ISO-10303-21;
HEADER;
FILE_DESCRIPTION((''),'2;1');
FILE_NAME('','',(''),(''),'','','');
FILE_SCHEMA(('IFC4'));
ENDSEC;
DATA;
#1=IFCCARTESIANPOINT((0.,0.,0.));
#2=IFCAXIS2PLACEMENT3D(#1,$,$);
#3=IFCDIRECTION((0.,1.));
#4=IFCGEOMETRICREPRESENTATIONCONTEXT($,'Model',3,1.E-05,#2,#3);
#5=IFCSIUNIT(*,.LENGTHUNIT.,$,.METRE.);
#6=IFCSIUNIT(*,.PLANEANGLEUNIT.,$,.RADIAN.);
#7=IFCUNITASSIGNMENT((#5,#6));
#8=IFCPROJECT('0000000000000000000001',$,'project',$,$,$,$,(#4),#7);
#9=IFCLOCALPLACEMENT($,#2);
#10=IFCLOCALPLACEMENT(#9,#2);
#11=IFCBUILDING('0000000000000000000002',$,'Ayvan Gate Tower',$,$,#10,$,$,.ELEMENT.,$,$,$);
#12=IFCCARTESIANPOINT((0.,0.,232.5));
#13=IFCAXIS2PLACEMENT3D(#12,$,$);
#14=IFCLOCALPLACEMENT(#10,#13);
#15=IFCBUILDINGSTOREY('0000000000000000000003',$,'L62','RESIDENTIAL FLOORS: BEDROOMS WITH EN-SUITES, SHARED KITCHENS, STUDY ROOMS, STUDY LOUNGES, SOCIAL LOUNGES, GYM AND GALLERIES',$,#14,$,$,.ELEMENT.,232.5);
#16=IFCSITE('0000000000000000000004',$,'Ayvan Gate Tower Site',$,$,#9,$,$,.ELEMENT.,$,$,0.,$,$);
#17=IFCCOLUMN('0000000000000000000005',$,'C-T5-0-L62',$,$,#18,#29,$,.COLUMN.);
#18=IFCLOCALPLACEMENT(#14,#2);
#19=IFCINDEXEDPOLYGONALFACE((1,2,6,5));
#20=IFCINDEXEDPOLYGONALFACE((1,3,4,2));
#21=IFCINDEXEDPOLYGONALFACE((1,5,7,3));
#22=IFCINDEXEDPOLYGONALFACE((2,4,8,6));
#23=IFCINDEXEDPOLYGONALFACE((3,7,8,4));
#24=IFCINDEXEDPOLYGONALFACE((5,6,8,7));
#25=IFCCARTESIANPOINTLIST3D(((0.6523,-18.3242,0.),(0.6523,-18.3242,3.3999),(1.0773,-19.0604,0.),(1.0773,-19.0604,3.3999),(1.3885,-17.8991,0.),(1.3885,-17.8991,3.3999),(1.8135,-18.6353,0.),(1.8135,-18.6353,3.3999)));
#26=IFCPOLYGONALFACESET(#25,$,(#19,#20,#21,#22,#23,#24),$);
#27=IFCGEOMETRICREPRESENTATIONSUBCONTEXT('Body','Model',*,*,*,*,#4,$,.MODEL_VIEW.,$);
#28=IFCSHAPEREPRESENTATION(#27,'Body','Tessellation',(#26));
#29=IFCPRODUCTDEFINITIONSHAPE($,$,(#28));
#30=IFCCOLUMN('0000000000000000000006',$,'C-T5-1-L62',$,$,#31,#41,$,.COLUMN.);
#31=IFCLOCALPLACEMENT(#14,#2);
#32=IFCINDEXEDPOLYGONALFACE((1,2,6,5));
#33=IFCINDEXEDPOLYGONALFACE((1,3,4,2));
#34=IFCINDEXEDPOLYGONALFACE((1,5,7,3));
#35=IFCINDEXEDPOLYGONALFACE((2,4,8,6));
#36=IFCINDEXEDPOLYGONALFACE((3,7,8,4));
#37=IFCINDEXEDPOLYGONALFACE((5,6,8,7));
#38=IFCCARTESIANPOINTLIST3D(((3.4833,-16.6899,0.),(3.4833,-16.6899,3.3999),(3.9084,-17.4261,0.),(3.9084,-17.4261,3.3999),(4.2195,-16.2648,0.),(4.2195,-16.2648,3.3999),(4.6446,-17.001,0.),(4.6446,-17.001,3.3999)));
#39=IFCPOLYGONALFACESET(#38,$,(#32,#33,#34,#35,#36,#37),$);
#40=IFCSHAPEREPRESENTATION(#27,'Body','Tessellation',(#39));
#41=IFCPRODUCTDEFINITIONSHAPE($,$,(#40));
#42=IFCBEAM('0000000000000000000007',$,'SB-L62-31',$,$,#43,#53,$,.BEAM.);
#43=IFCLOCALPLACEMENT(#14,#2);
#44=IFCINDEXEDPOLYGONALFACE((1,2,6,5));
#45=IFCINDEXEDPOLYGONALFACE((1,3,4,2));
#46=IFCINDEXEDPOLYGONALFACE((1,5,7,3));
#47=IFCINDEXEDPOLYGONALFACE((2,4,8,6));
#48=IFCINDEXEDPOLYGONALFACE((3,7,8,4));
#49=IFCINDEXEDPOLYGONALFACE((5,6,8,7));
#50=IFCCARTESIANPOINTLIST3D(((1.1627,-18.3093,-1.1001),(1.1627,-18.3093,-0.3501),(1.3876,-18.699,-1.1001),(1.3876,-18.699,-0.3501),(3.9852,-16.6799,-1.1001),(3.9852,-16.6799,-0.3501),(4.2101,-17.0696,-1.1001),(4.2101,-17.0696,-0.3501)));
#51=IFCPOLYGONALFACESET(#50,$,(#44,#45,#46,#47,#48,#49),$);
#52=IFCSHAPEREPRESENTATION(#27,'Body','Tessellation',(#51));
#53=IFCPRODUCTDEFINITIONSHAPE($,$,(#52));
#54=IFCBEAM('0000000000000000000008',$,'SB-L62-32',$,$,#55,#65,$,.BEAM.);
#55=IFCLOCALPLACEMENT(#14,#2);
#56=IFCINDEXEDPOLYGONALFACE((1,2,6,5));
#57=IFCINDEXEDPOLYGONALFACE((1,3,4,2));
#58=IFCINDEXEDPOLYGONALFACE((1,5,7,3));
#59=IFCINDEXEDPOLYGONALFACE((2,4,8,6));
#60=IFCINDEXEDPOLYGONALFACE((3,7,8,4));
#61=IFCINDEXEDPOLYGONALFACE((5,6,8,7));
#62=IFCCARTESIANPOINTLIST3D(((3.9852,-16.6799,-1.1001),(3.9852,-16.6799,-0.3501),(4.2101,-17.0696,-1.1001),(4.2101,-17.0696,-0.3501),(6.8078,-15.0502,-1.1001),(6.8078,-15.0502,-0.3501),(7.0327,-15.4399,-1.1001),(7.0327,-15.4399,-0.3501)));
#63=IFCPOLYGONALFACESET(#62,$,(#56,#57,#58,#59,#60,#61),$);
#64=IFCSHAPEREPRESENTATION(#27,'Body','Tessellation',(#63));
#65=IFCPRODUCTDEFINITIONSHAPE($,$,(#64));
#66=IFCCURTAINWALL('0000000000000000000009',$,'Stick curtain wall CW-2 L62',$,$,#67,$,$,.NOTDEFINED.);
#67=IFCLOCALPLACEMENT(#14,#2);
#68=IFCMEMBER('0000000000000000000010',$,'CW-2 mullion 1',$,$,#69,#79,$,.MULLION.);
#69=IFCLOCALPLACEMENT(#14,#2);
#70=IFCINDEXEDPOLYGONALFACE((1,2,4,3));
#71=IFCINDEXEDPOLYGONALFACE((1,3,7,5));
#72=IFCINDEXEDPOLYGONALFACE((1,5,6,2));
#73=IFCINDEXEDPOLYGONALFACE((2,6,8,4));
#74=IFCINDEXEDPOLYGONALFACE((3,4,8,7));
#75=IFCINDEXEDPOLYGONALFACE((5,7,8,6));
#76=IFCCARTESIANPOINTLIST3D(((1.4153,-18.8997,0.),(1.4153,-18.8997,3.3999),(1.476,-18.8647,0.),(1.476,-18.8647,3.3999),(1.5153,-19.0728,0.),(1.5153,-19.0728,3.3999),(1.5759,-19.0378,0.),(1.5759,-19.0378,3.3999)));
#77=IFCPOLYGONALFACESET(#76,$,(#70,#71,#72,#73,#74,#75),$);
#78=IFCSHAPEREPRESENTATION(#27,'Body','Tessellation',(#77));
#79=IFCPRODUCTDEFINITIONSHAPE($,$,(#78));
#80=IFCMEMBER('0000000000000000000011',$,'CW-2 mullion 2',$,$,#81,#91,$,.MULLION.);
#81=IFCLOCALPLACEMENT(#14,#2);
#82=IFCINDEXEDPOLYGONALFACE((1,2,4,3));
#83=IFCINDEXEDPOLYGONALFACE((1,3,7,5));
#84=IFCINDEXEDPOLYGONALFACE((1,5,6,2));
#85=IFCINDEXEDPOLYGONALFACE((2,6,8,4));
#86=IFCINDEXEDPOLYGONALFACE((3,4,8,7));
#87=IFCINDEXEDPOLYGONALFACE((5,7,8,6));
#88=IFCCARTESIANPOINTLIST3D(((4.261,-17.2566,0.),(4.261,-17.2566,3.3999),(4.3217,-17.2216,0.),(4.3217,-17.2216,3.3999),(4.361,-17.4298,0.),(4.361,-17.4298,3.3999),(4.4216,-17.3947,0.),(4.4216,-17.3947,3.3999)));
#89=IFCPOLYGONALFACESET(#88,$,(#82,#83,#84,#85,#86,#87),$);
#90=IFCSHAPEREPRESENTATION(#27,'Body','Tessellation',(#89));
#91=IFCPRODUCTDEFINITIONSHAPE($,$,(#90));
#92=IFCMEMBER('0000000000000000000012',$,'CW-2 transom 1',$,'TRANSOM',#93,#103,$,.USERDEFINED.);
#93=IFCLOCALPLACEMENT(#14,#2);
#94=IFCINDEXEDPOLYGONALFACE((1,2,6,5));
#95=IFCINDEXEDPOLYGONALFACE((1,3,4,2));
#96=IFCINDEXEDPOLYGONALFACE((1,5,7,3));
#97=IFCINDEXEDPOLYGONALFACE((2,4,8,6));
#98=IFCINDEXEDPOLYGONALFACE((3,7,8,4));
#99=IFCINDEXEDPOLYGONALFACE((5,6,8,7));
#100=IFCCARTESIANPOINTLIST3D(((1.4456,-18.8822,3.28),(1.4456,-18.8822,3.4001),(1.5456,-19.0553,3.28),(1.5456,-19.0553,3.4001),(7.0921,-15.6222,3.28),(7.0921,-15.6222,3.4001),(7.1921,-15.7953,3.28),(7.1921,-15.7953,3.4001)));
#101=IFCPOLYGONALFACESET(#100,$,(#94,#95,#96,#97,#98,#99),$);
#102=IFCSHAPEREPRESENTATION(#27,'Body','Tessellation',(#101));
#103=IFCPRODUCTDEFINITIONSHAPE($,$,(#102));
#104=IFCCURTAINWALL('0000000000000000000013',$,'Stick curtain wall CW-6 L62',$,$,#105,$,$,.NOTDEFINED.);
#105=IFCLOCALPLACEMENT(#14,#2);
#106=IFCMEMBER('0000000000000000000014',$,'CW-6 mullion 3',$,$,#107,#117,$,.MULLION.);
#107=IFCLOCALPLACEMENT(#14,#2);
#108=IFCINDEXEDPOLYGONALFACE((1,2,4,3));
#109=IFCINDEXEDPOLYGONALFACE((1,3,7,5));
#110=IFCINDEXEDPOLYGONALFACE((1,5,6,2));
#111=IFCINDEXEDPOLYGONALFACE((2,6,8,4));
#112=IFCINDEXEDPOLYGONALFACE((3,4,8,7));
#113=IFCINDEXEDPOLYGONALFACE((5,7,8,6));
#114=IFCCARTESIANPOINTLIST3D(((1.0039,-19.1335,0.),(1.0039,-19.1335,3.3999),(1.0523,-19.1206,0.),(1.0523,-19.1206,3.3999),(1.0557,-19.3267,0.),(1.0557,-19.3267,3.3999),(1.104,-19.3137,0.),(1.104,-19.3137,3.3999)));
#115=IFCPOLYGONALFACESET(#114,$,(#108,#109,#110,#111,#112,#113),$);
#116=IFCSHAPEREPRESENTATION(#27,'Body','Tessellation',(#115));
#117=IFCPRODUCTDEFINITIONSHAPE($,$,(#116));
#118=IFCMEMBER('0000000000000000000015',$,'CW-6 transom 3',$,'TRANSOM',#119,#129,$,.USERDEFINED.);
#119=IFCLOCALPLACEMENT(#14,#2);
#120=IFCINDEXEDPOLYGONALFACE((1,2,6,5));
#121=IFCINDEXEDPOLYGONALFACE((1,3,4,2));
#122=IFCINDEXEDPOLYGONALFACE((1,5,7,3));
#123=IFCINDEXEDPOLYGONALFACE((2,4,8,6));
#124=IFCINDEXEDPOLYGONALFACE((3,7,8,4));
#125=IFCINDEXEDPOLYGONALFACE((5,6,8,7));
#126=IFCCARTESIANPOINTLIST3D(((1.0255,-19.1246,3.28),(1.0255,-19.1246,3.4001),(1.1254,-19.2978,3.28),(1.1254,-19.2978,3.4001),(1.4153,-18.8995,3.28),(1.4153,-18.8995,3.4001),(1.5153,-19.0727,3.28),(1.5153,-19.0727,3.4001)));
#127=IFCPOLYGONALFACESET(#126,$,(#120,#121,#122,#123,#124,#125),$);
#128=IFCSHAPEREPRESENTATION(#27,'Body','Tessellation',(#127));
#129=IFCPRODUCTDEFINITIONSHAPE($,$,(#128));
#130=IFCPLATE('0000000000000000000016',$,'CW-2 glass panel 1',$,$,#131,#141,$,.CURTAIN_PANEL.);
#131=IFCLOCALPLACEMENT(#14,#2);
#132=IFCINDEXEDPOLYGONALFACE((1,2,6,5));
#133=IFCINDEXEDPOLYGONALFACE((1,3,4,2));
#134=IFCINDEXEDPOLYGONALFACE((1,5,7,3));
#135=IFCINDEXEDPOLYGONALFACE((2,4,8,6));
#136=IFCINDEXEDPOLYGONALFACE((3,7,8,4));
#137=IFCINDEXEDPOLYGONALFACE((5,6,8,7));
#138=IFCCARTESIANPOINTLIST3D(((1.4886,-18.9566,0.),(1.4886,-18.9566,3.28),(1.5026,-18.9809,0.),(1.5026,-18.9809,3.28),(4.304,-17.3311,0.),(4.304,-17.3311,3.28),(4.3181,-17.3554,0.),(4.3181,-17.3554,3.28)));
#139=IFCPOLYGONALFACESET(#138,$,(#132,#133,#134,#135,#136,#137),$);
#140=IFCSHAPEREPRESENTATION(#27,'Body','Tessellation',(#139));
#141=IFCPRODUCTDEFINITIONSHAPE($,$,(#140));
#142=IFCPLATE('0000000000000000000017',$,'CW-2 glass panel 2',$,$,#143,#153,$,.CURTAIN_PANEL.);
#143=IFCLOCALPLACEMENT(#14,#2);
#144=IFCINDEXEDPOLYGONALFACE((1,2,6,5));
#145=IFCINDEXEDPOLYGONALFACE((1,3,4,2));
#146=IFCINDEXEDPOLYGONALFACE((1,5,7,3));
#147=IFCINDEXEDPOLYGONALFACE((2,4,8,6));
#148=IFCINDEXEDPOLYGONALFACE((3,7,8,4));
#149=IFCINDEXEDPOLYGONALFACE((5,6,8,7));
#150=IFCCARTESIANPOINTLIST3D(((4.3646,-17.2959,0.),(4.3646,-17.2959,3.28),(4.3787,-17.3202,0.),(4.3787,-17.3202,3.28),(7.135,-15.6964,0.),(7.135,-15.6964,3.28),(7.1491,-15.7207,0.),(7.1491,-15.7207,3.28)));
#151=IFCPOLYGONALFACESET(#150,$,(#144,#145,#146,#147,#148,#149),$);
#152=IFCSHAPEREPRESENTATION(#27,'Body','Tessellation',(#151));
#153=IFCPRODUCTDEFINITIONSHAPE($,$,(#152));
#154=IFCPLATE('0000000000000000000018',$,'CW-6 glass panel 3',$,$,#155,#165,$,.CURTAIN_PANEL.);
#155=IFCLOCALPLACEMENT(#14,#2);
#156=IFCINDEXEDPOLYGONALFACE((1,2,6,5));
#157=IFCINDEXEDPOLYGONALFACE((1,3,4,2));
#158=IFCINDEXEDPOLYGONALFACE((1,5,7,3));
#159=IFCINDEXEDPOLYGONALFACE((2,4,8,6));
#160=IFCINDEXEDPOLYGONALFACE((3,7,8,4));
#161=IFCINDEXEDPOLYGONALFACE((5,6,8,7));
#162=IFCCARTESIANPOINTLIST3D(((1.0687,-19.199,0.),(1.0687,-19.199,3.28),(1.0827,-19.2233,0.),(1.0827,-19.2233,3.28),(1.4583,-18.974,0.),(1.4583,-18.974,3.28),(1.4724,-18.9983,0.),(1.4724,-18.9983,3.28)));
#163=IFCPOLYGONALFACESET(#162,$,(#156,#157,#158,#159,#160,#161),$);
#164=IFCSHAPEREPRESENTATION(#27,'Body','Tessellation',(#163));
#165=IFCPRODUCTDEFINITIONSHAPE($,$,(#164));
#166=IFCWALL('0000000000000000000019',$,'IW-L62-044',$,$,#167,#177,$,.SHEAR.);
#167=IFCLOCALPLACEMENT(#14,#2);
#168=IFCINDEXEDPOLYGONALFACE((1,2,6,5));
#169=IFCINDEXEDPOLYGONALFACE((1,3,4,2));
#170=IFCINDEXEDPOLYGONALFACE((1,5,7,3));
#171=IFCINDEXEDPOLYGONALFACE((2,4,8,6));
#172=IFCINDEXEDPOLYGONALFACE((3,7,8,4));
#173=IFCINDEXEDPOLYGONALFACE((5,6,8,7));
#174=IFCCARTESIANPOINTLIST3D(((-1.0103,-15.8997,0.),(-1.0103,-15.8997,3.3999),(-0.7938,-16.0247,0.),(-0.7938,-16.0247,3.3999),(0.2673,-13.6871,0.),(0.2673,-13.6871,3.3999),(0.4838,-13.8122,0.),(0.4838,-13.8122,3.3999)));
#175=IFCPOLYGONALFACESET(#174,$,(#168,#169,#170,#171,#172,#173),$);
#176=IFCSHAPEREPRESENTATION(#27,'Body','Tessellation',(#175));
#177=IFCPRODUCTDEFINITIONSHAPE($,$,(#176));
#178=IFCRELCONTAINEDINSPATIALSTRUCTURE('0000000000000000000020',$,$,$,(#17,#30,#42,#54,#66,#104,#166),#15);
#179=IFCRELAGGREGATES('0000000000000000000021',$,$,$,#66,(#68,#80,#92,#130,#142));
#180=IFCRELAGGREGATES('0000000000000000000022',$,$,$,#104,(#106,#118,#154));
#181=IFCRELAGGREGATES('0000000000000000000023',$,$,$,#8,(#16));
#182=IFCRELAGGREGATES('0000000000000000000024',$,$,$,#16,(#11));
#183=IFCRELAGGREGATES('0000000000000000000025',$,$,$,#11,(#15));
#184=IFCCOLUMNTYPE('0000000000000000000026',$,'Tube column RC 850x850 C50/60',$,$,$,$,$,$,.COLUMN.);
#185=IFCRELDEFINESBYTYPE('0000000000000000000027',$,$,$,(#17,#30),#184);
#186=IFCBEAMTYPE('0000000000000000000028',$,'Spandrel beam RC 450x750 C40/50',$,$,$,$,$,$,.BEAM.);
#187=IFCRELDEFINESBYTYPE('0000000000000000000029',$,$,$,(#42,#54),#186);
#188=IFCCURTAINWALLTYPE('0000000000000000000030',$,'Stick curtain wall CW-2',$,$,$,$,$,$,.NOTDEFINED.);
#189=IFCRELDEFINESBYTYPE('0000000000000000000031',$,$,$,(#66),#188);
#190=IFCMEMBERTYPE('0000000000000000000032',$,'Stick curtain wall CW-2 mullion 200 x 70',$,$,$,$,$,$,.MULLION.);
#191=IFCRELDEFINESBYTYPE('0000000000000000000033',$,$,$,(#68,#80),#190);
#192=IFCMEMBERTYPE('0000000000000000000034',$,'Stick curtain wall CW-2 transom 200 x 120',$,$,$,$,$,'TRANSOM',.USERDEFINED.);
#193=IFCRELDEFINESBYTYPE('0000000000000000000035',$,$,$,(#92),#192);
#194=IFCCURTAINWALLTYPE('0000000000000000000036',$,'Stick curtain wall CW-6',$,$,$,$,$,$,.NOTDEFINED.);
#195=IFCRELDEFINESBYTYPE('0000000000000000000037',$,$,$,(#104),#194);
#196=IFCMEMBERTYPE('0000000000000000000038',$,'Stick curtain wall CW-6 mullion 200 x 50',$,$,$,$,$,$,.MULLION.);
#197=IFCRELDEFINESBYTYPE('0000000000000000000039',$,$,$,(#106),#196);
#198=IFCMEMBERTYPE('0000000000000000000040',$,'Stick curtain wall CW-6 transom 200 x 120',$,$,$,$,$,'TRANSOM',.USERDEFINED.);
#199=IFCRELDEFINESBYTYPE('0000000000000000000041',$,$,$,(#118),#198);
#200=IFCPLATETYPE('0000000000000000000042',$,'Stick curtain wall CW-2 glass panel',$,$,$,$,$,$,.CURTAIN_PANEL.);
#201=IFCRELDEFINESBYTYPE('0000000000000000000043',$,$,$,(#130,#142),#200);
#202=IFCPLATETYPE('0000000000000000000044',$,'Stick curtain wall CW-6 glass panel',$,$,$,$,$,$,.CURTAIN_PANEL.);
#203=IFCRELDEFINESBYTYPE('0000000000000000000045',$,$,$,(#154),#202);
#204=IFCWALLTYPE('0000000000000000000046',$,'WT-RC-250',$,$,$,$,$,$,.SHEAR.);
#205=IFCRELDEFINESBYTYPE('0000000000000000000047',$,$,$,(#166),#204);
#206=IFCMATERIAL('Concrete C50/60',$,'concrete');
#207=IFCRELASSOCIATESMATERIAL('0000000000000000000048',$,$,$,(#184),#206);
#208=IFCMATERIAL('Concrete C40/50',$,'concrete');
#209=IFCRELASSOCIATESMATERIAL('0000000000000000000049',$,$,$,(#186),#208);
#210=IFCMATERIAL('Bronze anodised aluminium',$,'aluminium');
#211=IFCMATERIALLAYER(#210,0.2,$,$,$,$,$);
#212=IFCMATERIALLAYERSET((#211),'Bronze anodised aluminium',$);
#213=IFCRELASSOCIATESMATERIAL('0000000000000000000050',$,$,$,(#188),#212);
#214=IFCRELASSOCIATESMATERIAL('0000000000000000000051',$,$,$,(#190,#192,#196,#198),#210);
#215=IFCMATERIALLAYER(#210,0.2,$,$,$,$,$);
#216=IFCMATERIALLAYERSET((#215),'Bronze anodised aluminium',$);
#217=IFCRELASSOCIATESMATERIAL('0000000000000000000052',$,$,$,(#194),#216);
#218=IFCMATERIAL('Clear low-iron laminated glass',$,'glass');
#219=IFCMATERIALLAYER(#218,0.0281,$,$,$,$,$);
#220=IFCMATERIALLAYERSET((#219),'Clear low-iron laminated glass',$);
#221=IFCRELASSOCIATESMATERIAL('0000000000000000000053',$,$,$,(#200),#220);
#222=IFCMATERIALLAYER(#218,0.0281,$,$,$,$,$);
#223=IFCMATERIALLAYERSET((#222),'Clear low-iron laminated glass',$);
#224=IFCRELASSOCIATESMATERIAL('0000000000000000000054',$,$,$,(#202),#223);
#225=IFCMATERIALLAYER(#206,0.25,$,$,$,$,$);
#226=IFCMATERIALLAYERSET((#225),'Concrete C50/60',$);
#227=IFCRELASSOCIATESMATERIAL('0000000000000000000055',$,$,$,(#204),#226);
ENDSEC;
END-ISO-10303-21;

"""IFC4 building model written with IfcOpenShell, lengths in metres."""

from ifc_helpers import new_model, si_unit, direction, frame, frame_2d, origin, origin_2d, place, context, subcontext, project, spatial, rectangle, extrude, material, layer, layer_set, material_profile, profile_set, type_object, element, aggregate, save


model = new_model("IFC4")

# Units and contexts
model_context = context("Model", 3, precision=1e-05, world=origin(), true_north=direction((0.0, 1.0)))
body_context = subcontext(model_context, "Body", "Model", "MODEL_VIEW")
ifc_project = project(units=[si_unit("LENGTHUNIT", "METRE"), si_unit("PLANEANGLEUNIT", "RADIAN")], contexts=[model_context])

# Site, building, storey
site_placement = place(None, origin())
site = spatial("IfcSite", under=ifc_project, at=site_placement, Name="Ayvan Gate Tower Site", CompositionType="ELEMENT", RefElevation=0.0)
building_placement = place(site_placement, origin())
building = spatial("IfcBuilding", under=site, at=building_placement, Name="Ayvan Gate Tower", CompositionType="ELEMENT")
storey_placement = place(building_placement, frame((0.0, 0.0, 232.5)))
storey = spatial("IfcBuildingStorey", under=building, at=storey_placement, Name="L62", Description="RESIDENTIAL FLOORS: BEDROOMS WITH EN-SUITES, SHARED KITCHENS, STUDY ROOMS, STUDY LOUNGES, SOCIAL LOUNGES, GYM AND GALLERIES", CompositionType="ELEMENT", Elevation=232.5)

# Columns
ifc_material_1 = material(Name="Concrete C50/60", Category="concrete")
ifc_material_profile_1 = material_profile(ifc_material_1, rectangle(XDim=0.8501, YDim=0.8501, at=origin_2d()), Name="RC 850x850")
ifc_profile_set_1 = profile_set([ifc_material_profile_1], Name="Concrete C50/60")
column_type = type_object("IfcColumnType", Name="Tube column RC 850x850 C50/60", PredefinedType="COLUMN", material=ifc_profile_set_1)
for number, where, z_axis, x_axis, name in (
    (1, (1.2329, -18.4797, 0.0), (0.0, 0.0, 1.0), (0.5, -0.866025, 0.0), "C-T5-0-L62"),
    (2, (4.064, -16.8455, 0.0), (0.0, 0.0, 1.0), (0.5, -0.866025, 0.0), "C-T5-1-L62"),
):
    element("IfcColumn", number, at=place(storey_placement, frame(where, z_axis=z_axis, x_axis=x_axis)), inside=storey, type_object=column_type, Name=name, PredefinedType="COLUMN", context=body_context, shape_type="SweptSolid", body=[
        extrude(rectangle(XDim=0.8501, YDim=0.8501, at=origin_2d()), origin(), (0.0, 0.0, 1.0), 3.3999),
    ])

# Beams
ifc_material_2 = material(Name="Concrete C40/50", Category="concrete")
ifc_material_profile_2 = material_profile(ifc_material_2, rectangle(XDim=0.45, YDim=0.75, at=origin_2d()), Name="RC 450x750")
ifc_profile_set_2 = profile_set([ifc_material_profile_2], Name="Concrete C40/50")
beam_type = type_object("IfcBeamType", Name="Spandrel beam RC 450x750 C40/50", PredefinedType="BEAM", material=ifc_profile_set_2)
beam_1_placement = place(storey_placement, frame((1.2751, -18.5042, -0.7251), z_axis=(0.86605, 0.499958, 0.0), x_axis=(-0.499958, 0.86605, 0.0)))
element("IfcBeam", 3, at=beam_1_placement, inside=storey, type_object=beam_type, Name="SB-L62-31", PredefinedType="BEAM", context=body_context, shape_type="SweptSolid", body=[
    extrude(rectangle(XDim=0.45, YDim=0.75, at=origin_2d()), origin(), (0.0, 0.0, 1.0), 3.259),
])
beam_2_placement = place(storey_placement, frame((4.0977, -16.8748, -0.7251), z_axis=(0.866017, 0.500014, 0.0), x_axis=(-0.500014, 0.866017, 0.0)))
element("IfcBeam", 4, at=beam_2_placement, inside=storey, type_object=beam_type, Name="SB-L62-32", PredefinedType="BEAM", context=body_context, shape_type="SweptSolid", body=[
    extrude(rectangle(XDim=0.45, YDim=0.75, at=origin_2d()), origin(), (0.0, 0.0, 1.0), 3.2593),
])

# Curtain walls, members
ifc_material_3 = material(Name="Bronze anodised aluminium", Category="aluminium")
ifc_layer_1 = layer(ifc_material_3, 0.2)
ifc_layer_set_1 = layer_set([ifc_layer_1], Name="Bronze anodised aluminium")
curtain_wall_type_1 = type_object("IfcCurtainWallType", Name="Stick curtain wall CW-2", PredefinedType="NOTDEFINED", material=ifc_layer_set_1)
curtain_wall_1_placement = place(storey_placement, origin())
curtain_wall_1 = element("IfcCurtainWall", 5, at=curtain_wall_1_placement, inside=storey, type_object=curtain_wall_type_1, Name="Stick curtain wall CW-2 L62", PredefinedType="NOTDEFINED")
ifc_material_profile_3 = material_profile(ifc_material_3, rectangle(XDim=0.2, YDim=0.0701, at=origin_2d()), Name="Stick curtain wall CW-2 mullion 200 x 70")
ifc_profile_set_3 = profile_set([ifc_material_profile_3], Name="Bronze anodised aluminium")
member_type_1 = type_object("IfcMemberType", Name="Stick curtain wall CW-2 mullion 200 x 70", PredefinedType="MULLION", material=ifc_profile_set_3)
member_1_placement = place(storey_placement, frame((1.4956, -18.9688, 0.0), z_axis=(0.0, 0.0, 1.0), x_axis=(0.5, -0.866025, 0.0)))
member_1 = element("IfcMember", 6, at=member_1_placement, type_object=member_type_1, Name="CW-2 mullion 1", PredefinedType="MULLION", context=body_context, shape_type="SweptSolid", body=[
    extrude(rectangle(XDim=0.2, YDim=0.0701, at=origin_2d()), origin(), (0.0, 0.0, 1.0), 3.3999),
])
member_2_placement = place(storey_placement, frame((4.3413, -17.3257, 0.0), z_axis=(0.0, 0.0, 1.0), x_axis=(0.5, -0.866025, 0.0)))
member_2 = element("IfcMember", 7, at=member_2_placement, type_object=member_type_1, Name="CW-2 mullion 2", PredefinedType="MULLION", context=body_context, shape_type="SweptSolid", body=[
    extrude(rectangle(XDim=0.2, YDim=0.0701, at=origin_2d()), origin(), (0.0, 0.0, 1.0), 3.3999),
])
ifc_material_profile_4 = material_profile(ifc_material_3, rectangle(XDim=0.2, YDim=0.1201, at=origin_2d()), Name="Stick curtain wall CW-2 transom 200 x 120")
ifc_profile_set_4 = profile_set([ifc_material_profile_4], Name="Bronze anodised aluminium")
member_type_2 = type_object("IfcMemberType", Name="Stick curtain wall CW-2 transom 200 x 120", ElementType="TRANSOM", PredefinedType="USERDEFINED", material=ifc_profile_set_4)
member_3_placement = place(storey_placement, frame((1.4956, -18.9688, 3.3401), z_axis=(0.866025, 0.500001, 0.0), x_axis=(-0.500001, 0.866025, 0.0)))
member_3 = element("IfcMember", 8, at=member_3_placement, type_object=member_type_2, Name="CW-2 transom 1", ObjectType="TRANSOM", PredefinedType="USERDEFINED", context=body_context, shape_type="SweptSolid", body=[
    extrude(rectangle(XDim=0.2, YDim=0.1201, at=origin_2d()), origin(), (0.0, 0.0, 1.0), 6.52),
])
ifc_layer_2 = layer(ifc_material_3, 0.2)
ifc_layer_set_2 = layer_set([ifc_layer_2], Name="Bronze anodised aluminium")
curtain_wall_type_2 = type_object("IfcCurtainWallType", Name="Stick curtain wall CW-6", PredefinedType="NOTDEFINED", material=ifc_layer_set_2)
curtain_wall_2_placement = place(storey_placement, origin())
curtain_wall_2 = element("IfcCurtainWall", 9, at=curtain_wall_2_placement, inside=storey, type_object=curtain_wall_type_2, Name="Stick curtain wall CW-6 L62", PredefinedType="NOTDEFINED")
ifc_material_profile_5 = material_profile(ifc_material_3, rectangle(XDim=0.2, YDim=0.05, at=origin_2d()), Name="Stick curtain wall CW-6 mullion 200 x 50")
ifc_profile_set_5 = profile_set([ifc_material_profile_5], Name="Bronze anodised aluminium")
member_type_3 = type_object("IfcMemberType", Name="Stick curtain wall CW-6 mullion 200 x 50", PredefinedType="MULLION", material=ifc_profile_set_5)
member_4_placement = place(storey_placement, frame((1.054, -19.2236, 0.0), z_axis=(0.0, 0.0, 1.0), x_axis=(0.258819, -0.965926, 0.0)))
member_4 = element("IfcMember", 10, at=member_4_placement, type_object=member_type_3, Name="CW-6 mullion 3", PredefinedType="MULLION", context=body_context, shape_type="SweptSolid", body=[
    extrude(rectangle(XDim=0.2, YDim=0.05, at=origin_2d()), origin(), (0.0, 0.0, 1.0), 3.3999),
])
ifc_material_profile_6 = material_profile(ifc_material_3, rectangle(XDim=0.2, YDim=0.1201, at=origin_2d()), Name="Stick curtain wall CW-6 transom 200 x 120")
ifc_profile_set_6 = profile_set([ifc_material_profile_6], Name="Bronze anodised aluminium")
member_type_4 = type_object("IfcMemberType", Name="Stick curtain wall CW-6 transom 200 x 120", ElementType="TRANSOM", PredefinedType="USERDEFINED", material=ifc_profile_set_6)
member_5_placement = place(storey_placement, frame((1.0754, -19.2112, 3.3401), z_axis=(0.866032, 0.499988, 0.0), x_axis=(-0.499988, 0.866032, 0.0)))
member_5 = element("IfcMember", 11, at=member_5_placement, type_object=member_type_4, Name="CW-6 transom 3", ObjectType="TRANSOM", PredefinedType="USERDEFINED", context=body_context, shape_type="SweptSolid", body=[
    extrude(rectangle(XDim=0.2, YDim=0.1201, at=origin_2d()), origin(), (0.0, 0.0, 1.0), 0.4502),
])

# Plates
ifc_material_4 = material(Name="Clear low-iron laminated glass", Category="glass")
ifc_layer_3 = layer(ifc_material_4, 0.0281)
ifc_layer_set_3 = layer_set([ifc_layer_3], Name="Clear low-iron laminated glass")
plate_type_1 = type_object("IfcPlateType", Name="Stick curtain wall CW-2 glass panel", PredefinedType="CURTAIN_PANEL", material=ifc_layer_set_3)
plate_1_placement = place(storey_placement, frame((2.9033, -18.156, 0.0), z_axis=(0.0, 0.0, 1.0), x_axis=(0.866025, 0.5, 0.0)))
plate_1 = element("IfcPlate", 12, at=plate_1_placement, type_object=plate_type_1, Name="CW-2 glass panel 1", PredefinedType="CURTAIN_PANEL", context=body_context, shape_type="SweptSolid", body=[
    extrude(rectangle(XDim=3.251, YDim=0.0281, at=origin_2d()), origin(), (0.0, 0.0, 1.0), 3.28),
])
plate_2_placement = place(storey_placement, frame((5.7568, -16.5083, 0.0), z_axis=(0.0, 0.0, 1.0), x_axis=(0.866025, 0.5, 0.0)))
plate_2 = element("IfcPlate", 13, at=plate_2_placement, type_object=plate_type_1, Name="CW-2 glass panel 2", PredefinedType="CURTAIN_PANEL", context=body_context, shape_type="SweptSolid", body=[
    extrude(rectangle(XDim=3.199, YDim=0.0281, at=origin_2d()), origin(), (0.0, 0.0, 1.0), 3.28),
])
aggregate(curtain_wall_1, [member_1, member_2, member_3, plate_1, plate_2])
ifc_layer_4 = layer(ifc_material_4, 0.0281)
ifc_layer_set_4 = layer_set([ifc_layer_4], Name="Clear low-iron laminated glass")
plate_type_2 = type_object("IfcPlateType", Name="Stick curtain wall CW-6 glass panel", PredefinedType="CURTAIN_PANEL", material=ifc_layer_set_4)
plate_3_placement = place(storey_placement, frame((1.2705, -19.0986, 0.0), z_axis=(0.0, 0.0, 1.0), x_axis=(0.866025, 0.5, 0.0)))
plate_3 = element("IfcPlate", 14, at=plate_3_placement, type_object=plate_type_2, Name="CW-6 glass panel 3", PredefinedType="CURTAIN_PANEL", context=body_context, shape_type="SweptSolid", body=[
    extrude(rectangle(XDim=0.45, YDim=0.0281, at=origin_2d()), origin(), (0.0, 0.0, 1.0), 3.28),
])
aggregate(curtain_wall_2, [member_4, member_5, plate_3])

# Wall
ifc_layer_5 = layer(ifc_material_1, 0.25)
ifc_layer_set_5 = layer_set([ifc_layer_5], Name="Concrete C50/60")
wall_type = type_object("IfcWallType", Name="WT-RC-250", PredefinedType="SHEAR", material=ifc_layer_set_5)
wall_1_placement = place(storey_placement, frame((0.3755, -13.7498, 0.0), z_axis=(0.0, 0.0, 1.0), x_axis=(-0.500034, -0.866006, 0.0)))
element("IfcWall", 15, at=wall_1_placement, inside=storey, type_object=wall_type, Name="IW-L62-044", PredefinedType="SHEAR", context=body_context, shape_type="SweptSolid", body=[
    extrude(rectangle(XDim=2.5549, YDim=0.25, at=frame_2d((1.2773, 0.0))), origin(), (0.0, 0.0, 1.0), 3.3999),
])

save(model, "model.ifc")
